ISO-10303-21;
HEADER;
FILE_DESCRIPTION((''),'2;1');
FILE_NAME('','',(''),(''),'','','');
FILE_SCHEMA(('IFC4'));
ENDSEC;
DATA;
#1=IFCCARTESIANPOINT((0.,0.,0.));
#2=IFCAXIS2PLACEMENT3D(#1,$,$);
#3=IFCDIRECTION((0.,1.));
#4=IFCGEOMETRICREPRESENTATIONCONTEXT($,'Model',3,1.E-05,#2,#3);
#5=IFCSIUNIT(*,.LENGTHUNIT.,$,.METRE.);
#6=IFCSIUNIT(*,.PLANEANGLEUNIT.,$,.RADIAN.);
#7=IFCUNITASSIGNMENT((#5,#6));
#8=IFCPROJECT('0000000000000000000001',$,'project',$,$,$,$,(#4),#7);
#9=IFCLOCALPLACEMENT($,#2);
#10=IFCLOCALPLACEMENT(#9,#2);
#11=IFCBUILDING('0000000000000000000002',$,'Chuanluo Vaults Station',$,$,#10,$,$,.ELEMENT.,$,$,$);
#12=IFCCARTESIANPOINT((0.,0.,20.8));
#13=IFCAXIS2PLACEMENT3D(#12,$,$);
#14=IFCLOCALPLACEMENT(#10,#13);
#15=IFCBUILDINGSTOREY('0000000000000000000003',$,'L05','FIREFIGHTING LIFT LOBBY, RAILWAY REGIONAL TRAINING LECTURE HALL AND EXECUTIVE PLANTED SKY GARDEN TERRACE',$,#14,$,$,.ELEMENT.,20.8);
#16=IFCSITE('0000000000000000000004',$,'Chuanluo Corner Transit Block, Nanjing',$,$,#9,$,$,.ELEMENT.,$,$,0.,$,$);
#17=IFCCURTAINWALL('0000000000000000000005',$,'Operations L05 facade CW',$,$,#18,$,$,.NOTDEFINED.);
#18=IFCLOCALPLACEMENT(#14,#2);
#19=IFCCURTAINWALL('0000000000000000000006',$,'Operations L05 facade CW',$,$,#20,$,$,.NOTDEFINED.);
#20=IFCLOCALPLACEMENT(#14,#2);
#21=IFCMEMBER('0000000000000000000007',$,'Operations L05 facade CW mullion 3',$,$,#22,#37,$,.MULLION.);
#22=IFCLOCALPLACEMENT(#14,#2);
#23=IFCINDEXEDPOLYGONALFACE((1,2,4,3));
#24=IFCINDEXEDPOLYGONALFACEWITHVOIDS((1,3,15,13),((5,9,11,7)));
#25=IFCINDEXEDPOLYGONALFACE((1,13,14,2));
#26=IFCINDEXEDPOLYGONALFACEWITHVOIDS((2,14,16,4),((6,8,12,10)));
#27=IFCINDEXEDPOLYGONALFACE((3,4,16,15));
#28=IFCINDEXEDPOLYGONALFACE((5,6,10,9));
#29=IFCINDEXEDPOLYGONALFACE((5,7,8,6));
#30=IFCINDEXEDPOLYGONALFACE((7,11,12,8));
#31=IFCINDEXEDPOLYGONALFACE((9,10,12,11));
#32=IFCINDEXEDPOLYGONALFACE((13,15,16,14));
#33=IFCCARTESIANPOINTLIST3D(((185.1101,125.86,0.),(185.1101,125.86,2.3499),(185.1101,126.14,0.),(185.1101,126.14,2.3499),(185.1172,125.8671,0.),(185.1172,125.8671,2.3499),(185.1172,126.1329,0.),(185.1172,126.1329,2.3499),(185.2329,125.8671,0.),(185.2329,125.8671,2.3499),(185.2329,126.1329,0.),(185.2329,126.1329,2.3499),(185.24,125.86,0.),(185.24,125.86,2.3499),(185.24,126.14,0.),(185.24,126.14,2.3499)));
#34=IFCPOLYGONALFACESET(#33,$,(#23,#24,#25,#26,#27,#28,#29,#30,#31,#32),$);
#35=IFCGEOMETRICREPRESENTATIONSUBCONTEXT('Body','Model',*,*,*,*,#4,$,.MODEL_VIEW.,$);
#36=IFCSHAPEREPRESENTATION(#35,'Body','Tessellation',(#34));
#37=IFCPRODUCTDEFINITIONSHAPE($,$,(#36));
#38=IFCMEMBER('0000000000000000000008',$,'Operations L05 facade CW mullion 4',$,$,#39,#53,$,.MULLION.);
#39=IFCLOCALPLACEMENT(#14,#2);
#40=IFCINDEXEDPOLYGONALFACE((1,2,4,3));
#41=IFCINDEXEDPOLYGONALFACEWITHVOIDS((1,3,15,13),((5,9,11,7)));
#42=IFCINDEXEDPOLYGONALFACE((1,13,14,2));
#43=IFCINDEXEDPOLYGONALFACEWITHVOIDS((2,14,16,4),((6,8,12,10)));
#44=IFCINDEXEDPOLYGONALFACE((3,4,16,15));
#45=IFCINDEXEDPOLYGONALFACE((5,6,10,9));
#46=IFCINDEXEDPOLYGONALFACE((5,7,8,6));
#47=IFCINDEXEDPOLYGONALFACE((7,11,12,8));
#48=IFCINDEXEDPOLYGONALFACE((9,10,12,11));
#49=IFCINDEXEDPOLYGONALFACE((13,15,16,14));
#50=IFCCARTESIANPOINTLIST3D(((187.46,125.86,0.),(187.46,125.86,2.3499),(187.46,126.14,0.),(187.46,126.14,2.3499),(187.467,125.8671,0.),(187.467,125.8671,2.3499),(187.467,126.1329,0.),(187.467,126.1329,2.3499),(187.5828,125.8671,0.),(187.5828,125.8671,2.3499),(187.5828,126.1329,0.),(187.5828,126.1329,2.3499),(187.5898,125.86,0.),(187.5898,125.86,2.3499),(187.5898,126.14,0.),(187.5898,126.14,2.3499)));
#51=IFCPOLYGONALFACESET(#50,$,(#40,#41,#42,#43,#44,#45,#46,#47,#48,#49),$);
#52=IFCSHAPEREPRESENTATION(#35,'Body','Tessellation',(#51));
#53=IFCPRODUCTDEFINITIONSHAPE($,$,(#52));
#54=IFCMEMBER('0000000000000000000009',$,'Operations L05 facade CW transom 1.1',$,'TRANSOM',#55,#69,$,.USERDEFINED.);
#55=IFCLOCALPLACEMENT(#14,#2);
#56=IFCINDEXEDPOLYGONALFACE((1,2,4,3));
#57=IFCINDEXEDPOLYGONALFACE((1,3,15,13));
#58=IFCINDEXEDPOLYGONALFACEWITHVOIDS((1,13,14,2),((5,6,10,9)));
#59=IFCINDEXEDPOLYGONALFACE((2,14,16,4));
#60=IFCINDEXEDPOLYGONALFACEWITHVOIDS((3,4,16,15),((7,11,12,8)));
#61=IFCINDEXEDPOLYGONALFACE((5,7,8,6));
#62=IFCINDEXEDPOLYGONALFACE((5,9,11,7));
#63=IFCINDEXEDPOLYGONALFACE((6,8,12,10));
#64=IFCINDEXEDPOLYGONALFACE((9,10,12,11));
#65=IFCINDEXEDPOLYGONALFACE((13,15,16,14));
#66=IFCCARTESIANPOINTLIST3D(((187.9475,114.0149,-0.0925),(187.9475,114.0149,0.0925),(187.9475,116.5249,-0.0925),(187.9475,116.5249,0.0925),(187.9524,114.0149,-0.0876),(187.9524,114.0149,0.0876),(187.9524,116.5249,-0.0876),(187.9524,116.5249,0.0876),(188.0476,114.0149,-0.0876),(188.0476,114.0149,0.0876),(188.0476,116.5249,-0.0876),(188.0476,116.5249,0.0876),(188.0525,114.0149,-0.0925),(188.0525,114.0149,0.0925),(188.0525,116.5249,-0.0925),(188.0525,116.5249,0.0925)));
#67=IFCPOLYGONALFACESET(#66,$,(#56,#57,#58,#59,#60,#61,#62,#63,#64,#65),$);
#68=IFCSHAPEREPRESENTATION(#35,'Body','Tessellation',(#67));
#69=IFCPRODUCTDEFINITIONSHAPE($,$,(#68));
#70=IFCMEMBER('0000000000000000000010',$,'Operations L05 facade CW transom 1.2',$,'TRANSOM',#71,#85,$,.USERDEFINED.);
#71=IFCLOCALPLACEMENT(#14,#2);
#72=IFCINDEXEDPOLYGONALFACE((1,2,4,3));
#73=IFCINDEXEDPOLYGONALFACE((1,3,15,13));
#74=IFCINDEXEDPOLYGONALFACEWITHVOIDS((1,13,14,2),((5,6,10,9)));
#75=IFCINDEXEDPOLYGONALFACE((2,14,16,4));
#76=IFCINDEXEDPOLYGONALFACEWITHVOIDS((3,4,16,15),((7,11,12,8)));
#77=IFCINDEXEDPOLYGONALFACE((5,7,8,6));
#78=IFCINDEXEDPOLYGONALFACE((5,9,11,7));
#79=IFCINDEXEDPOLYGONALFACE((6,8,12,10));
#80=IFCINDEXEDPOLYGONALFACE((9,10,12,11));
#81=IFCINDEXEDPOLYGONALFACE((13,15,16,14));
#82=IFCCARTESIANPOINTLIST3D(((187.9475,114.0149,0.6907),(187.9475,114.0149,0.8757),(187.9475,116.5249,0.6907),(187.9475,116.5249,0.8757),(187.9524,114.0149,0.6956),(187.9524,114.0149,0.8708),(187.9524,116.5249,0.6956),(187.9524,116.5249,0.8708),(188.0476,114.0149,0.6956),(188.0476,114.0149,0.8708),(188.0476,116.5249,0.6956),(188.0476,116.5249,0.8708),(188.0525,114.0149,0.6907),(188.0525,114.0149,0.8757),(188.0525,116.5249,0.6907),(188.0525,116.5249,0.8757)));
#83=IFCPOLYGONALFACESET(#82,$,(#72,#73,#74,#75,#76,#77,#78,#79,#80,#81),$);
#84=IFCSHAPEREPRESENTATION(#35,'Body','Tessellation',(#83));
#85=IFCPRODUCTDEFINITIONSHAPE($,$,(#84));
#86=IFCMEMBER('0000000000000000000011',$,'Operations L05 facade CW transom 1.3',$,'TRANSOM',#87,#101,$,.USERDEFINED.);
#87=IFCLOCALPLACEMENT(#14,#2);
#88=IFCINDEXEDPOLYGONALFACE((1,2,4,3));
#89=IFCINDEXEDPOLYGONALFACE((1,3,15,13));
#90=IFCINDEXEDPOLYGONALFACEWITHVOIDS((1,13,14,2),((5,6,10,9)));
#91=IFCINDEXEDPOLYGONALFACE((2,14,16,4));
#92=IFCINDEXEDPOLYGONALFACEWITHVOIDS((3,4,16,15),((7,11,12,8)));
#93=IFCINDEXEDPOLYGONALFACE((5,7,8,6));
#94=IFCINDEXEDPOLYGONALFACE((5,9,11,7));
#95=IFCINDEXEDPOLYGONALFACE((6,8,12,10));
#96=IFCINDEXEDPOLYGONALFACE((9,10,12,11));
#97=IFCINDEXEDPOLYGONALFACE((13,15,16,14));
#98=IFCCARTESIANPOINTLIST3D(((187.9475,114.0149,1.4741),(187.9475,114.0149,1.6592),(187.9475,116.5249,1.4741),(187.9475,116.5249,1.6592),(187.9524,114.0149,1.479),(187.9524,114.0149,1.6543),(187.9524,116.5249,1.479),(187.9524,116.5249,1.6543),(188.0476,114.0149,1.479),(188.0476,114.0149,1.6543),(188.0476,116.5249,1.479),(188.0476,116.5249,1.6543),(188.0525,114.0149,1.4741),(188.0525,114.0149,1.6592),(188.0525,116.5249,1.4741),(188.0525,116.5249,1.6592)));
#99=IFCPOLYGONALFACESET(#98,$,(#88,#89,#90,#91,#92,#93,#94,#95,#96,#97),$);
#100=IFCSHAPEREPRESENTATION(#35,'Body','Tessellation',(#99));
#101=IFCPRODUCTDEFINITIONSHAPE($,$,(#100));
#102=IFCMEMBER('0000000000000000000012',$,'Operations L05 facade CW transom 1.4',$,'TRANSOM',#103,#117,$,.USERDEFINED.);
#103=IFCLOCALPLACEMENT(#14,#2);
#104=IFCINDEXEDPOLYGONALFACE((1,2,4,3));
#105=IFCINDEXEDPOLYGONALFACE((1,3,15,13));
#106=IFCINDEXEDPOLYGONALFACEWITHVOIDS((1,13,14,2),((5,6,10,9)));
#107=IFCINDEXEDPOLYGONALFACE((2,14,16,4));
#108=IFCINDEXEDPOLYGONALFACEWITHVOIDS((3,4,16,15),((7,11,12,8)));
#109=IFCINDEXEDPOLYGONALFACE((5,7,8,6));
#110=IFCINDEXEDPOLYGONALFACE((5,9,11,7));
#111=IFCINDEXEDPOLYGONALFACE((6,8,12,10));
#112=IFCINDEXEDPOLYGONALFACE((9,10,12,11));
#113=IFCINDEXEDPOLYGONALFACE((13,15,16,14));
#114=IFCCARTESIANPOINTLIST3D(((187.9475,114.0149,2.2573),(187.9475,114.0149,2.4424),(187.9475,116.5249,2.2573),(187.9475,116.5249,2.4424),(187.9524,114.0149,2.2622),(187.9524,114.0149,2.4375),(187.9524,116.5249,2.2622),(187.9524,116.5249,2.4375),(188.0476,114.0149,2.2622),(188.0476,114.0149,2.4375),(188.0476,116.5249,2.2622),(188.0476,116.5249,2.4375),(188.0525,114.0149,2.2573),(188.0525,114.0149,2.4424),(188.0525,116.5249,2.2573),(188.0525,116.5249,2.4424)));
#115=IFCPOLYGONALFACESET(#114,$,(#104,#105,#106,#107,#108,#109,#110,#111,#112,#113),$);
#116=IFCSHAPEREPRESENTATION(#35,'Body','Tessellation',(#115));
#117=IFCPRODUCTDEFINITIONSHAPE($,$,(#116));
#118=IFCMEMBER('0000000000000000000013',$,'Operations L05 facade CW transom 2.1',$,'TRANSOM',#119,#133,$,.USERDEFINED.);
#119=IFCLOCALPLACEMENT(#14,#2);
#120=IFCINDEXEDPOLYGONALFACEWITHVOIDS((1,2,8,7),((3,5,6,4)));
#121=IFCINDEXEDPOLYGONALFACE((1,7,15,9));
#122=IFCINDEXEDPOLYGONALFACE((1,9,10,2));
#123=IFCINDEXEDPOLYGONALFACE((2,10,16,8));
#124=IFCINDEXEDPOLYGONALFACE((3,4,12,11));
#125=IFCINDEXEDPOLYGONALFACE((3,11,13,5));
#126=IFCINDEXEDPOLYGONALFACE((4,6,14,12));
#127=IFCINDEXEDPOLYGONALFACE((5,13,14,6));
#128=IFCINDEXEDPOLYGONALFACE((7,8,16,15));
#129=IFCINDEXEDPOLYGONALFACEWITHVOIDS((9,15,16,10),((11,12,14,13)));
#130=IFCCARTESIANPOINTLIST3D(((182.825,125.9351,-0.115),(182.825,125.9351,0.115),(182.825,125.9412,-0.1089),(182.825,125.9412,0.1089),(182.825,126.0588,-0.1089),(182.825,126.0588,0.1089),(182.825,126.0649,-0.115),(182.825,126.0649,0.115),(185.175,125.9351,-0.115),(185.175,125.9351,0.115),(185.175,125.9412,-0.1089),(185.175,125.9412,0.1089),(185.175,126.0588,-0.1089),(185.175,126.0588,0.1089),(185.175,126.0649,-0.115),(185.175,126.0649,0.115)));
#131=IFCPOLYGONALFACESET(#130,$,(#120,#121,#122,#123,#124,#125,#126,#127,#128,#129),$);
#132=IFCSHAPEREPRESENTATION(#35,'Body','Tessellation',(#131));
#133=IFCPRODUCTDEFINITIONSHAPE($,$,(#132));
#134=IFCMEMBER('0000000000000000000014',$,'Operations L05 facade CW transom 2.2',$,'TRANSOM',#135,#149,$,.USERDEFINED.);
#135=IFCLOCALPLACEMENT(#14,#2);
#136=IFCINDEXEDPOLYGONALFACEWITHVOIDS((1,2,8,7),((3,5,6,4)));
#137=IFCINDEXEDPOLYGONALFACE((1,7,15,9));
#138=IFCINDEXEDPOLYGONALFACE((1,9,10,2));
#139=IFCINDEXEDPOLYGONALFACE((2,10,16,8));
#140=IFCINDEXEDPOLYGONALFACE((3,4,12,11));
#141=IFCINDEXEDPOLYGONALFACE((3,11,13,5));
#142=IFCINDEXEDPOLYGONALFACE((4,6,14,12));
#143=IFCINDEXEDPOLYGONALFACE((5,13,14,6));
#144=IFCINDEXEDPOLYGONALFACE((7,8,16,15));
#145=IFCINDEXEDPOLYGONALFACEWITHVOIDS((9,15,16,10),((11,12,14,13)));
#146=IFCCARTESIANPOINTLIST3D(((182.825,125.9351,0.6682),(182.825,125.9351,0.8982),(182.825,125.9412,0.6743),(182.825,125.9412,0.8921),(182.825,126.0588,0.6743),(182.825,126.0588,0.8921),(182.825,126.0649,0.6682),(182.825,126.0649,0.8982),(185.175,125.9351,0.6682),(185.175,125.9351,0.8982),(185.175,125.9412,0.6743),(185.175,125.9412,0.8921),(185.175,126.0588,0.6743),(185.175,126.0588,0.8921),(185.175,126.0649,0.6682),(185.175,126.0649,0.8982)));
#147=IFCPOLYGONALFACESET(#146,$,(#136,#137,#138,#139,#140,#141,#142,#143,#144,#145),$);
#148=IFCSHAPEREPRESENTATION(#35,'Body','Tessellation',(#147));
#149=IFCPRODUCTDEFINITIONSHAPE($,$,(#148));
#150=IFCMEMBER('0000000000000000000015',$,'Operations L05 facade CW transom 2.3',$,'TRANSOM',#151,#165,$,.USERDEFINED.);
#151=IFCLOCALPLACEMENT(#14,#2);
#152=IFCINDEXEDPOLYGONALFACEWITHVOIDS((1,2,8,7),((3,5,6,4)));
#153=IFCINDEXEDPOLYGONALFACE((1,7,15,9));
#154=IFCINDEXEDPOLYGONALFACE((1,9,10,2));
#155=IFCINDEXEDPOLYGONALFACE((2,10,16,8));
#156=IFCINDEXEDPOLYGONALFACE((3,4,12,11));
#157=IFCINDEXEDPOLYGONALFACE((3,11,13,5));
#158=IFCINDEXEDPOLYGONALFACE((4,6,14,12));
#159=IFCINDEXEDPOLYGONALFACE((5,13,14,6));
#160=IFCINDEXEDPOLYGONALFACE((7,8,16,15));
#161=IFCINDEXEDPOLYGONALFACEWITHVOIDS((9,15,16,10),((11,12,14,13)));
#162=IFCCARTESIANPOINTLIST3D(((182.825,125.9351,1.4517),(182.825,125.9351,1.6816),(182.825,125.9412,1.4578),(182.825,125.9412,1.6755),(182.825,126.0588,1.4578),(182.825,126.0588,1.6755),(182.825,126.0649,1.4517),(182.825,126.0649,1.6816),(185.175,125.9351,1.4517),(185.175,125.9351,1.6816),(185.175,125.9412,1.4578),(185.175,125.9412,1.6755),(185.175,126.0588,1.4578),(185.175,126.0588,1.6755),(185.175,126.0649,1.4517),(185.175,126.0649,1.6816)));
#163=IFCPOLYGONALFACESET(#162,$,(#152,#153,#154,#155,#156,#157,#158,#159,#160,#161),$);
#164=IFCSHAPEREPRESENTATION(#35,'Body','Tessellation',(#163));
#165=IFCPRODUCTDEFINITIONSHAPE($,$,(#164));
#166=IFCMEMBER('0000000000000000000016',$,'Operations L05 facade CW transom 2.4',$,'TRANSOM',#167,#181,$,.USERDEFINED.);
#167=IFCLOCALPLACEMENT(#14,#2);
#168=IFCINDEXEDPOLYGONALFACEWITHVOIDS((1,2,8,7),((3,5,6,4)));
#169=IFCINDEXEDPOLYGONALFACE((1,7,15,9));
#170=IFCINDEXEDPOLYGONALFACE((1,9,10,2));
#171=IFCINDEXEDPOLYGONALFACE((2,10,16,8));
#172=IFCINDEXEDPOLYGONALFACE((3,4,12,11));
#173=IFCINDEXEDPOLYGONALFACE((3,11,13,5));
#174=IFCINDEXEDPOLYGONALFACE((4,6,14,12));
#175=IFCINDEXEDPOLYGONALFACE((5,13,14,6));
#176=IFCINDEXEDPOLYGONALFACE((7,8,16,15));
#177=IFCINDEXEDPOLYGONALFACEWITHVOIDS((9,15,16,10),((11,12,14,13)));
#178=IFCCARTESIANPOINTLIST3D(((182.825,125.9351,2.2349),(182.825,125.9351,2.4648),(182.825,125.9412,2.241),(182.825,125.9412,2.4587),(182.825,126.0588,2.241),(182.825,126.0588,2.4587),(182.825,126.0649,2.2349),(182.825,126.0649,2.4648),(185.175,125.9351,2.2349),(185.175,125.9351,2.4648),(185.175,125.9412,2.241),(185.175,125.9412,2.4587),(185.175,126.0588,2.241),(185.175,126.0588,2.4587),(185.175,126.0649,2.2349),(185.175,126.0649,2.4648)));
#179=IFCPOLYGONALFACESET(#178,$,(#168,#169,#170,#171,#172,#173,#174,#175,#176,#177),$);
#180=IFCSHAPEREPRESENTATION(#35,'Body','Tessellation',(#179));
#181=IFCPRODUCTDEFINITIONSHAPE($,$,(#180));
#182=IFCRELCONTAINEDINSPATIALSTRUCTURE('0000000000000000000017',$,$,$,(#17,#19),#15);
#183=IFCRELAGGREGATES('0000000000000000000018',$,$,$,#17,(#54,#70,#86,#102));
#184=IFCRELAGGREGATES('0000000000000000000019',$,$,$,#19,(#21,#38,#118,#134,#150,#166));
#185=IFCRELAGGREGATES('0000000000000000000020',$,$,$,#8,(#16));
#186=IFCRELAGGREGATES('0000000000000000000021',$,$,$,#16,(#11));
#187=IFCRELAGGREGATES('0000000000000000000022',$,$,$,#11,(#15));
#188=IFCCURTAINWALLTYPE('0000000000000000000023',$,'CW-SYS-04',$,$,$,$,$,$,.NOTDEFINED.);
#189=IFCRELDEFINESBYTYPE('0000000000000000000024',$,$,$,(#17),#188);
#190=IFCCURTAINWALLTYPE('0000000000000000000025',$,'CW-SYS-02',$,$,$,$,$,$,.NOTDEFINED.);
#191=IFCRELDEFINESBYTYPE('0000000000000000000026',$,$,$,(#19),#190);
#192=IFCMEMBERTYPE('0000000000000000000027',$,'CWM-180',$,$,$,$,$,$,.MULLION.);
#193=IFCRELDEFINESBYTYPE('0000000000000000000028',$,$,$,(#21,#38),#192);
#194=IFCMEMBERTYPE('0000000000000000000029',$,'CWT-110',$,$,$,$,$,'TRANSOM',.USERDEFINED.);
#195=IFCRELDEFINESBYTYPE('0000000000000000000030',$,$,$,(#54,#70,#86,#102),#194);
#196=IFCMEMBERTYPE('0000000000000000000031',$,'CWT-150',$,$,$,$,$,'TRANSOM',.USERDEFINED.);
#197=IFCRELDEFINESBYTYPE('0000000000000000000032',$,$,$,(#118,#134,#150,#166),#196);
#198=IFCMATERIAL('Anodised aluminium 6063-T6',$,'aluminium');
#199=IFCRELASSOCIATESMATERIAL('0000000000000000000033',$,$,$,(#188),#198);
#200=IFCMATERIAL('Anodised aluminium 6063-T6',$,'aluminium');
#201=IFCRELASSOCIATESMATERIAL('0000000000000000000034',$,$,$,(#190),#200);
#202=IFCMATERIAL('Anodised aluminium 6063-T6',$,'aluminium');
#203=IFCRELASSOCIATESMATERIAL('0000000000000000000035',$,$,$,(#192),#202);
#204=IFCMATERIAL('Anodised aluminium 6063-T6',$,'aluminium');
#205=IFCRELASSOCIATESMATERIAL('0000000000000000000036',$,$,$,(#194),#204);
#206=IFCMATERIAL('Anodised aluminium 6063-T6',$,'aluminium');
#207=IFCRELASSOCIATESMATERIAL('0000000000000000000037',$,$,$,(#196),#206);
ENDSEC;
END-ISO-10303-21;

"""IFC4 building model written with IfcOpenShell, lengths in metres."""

from ifc_helpers import new_model, si_unit, direction, frame, origin, origin_2d, place, context, subcontext, project, spatial, hollow_rectangle, extrude, material, material_profile, profile_set, type_object, element, aggregate, save


model = new_model("IFC4")

# Units and contexts
model_context = context("Model", 3, precision=1e-05, world=origin(), true_north=direction((0.0, 1.0)))
body_context = subcontext(model_context, "Body", "Model", "MODEL_VIEW")
ifc_project = project(units=[si_unit("LENGTHUNIT", "METRE"), si_unit("PLANEANGLEUNIT", "RADIAN")], contexts=[model_context])

# Site, building, storey
site_placement = place(None, origin())
site = spatial("IfcSite", under=ifc_project, at=site_placement, Name="Chuanluo Corner Transit Block, Nanjing", CompositionType="ELEMENT", RefElevation=0.0)
building_placement = place(site_placement, origin())
building = spatial("IfcBuilding", under=site, at=building_placement, Name="Chuanluo Vaults Station", CompositionType="ELEMENT")
storey_placement = place(building_placement, frame((0.0, 0.0, 20.8)))
storey = spatial("IfcBuildingStorey", under=building, at=storey_placement, Name="L05", Description="FIREFIGHTING LIFT LOBBY, RAILWAY REGIONAL TRAINING LECTURE HALL AND EXECUTIVE PLANTED SKY GARDEN TERRACE", CompositionType="ELEMENT", Elevation=20.8)

# Curtain wall
ifc_material_1 = material(Name="Anodised aluminium 6063-T6", Category="aluminium")
curtain_wall_type_1 = type_object("IfcCurtainWallType", Name="CW-SYS-04", PredefinedType="NOTDEFINED", material=ifc_material_1)
curtain_wall_1_placement = place(storey_placement, origin())
curtain_wall_1 = element("IfcCurtainWall", 1, at=curtain_wall_1_placement, inside=storey, type_object=curtain_wall_type_1, Name="Operations L05 facade CW", PredefinedType="NOTDEFINED")

# Curtain wall, members
ifc_material_2 = material(Name="Anodised aluminium 6063-T6", Category="aluminium")
curtain_wall_type_2 = type_object("IfcCurtainWallType", Name="CW-SYS-02", PredefinedType="NOTDEFINED", material=ifc_material_2)
curtain_wall_2_placement = place(storey_placement, origin())
curtain_wall_2 = element("IfcCurtainWall", 2, at=curtain_wall_2_placement, inside=storey, type_object=curtain_wall_type_2, Name="Operations L05 facade CW", PredefinedType="NOTDEFINED")
ifc_material_3 = material(Name="Anodised aluminium 6063-T6", Category="aluminium")
ifc_material_profile_1 = material_profile(ifc_material_3, hollow_rectangle(XDim=0.1299, YDim=0.28, WallThickness=0.0071, at=origin_2d()))
ifc_profile_set_1 = profile_set([ifc_material_profile_1], Name="Anodised aluminium 6063-T6")
member_type_1 = type_object("IfcMemberType", Name="CWM-180", PredefinedType="MULLION", material=ifc_profile_set_1)
member_1_placement = place(storey_placement, frame((185.175, 126.0, 0.0), z_axis=(0.0, 0.0, 1.0), x_axis=(1.0, 0.0, 0.0)))
member_1 = element("IfcMember", 3, at=member_1_placement, type_object=member_type_1, Name="Operations L05 facade CW mullion 3", PredefinedType="MULLION", context=body_context, shape_type="SweptSolid", body=[
    extrude(hollow_rectangle(XDim=0.1299, YDim=0.28, WallThickness=0.0071, at=origin_2d()), origin(), (0.0, 0.0, 1.0), 2.3499),
])
member_2_placement = place(storey_placement, frame((187.5249, 126.0, 0.0), z_axis=(0.0, 0.0, 1.0), x_axis=(1.0, 0.0, 0.0)))
member_2 = element("IfcMember", 4, at=member_2_placement, type_object=member_type_1, Name="Operations L05 facade CW mullion 4", PredefinedType="MULLION", context=body_context, shape_type="SweptSolid", body=[
    extrude(hollow_rectangle(XDim=0.1299, YDim=0.28, WallThickness=0.0071, at=origin_2d()), origin(), (0.0, 0.0, 1.0), 2.3499),
])

# Members
ifc_material_4 = material(Name="Anodised aluminium 6063-T6", Category="aluminium")
ifc_material_profile_2 = material_profile(ifc_material_4, hollow_rectangle(XDim=0.105, YDim=0.1851, WallThickness=0.0049, at=origin_2d()))
ifc_profile_set_2 = profile_set([ifc_material_profile_2], Name="Anodised aluminium 6063-T6")
member_type_2 = type_object("IfcMemberType", Name="CWT-110", ElementType="TRANSOM", PredefinedType="USERDEFINED", material=ifc_profile_set_2)
member_3_placement = place(storey_placement, frame((188.0, 116.5249, 0.0), z_axis=(0.0, -1.0, 0.0), x_axis=(1.0, 0.0, 0.0)))
member_3 = element("IfcMember", 5, at=member_3_placement, type_object=member_type_2, Name="Operations L05 facade CW transom 1.1", ObjectType="TRANSOM", PredefinedType="USERDEFINED", context=body_context, shape_type="SweptSolid", body=[
    extrude(hollow_rectangle(XDim=0.105, YDim=0.1851, WallThickness=0.0049, at=origin_2d()), origin(), (0.0, 0.0, 1.0), 2.51),
])
member_4_placement = place(storey_placement, frame((188.0, 116.5249, 0.7832), z_axis=(0.0, -1.0, 0.0), x_axis=(1.0, 0.0, 0.0)))
member_4 = element("IfcMember", 6, at=member_4_placement, type_object=member_type_2, Name="Operations L05 facade CW transom 1.2", ObjectType="TRANSOM", PredefinedType="USERDEFINED", context=body_context, shape_type="SweptSolid", body=[
    extrude(hollow_rectangle(XDim=0.105, YDim=0.1851, WallThickness=0.0049, at=origin_2d()), origin(), (0.0, 0.0, 1.0), 2.51),
])
member_5_placement = place(storey_placement, frame((188.0, 116.5249, 1.5667), z_axis=(0.0, -1.0, 0.0), x_axis=(1.0, 0.0, 0.0)))
member_5 = element("IfcMember", 7, at=member_5_placement, type_object=member_type_2, Name="Operations L05 facade CW transom 1.3", ObjectType="TRANSOM", PredefinedType="USERDEFINED", context=body_context, shape_type="SweptSolid", body=[
    extrude(hollow_rectangle(XDim=0.105, YDim=0.1851, WallThickness=0.0049, at=origin_2d()), origin(), (0.0, 0.0, 1.0), 2.51),
])
member_6_placement = place(storey_placement, frame((188.0, 116.5249, 2.3499), z_axis=(0.0, -1.0, 0.0), x_axis=(1.0, 0.0, 0.0)))
member_6 = element("IfcMember", 8, at=member_6_placement, type_object=member_type_2, Name="Operations L05 facade CW transom 1.4", ObjectType="TRANSOM", PredefinedType="USERDEFINED", context=body_context, shape_type="SweptSolid", body=[
    extrude(hollow_rectangle(XDim=0.105, YDim=0.1851, WallThickness=0.0049, at=origin_2d()), origin(), (0.0, 0.0, 1.0), 2.51),
])
ifc_material_5 = material(Name="Anodised aluminium 6063-T6", Category="aluminium")
ifc_material_profile_3 = material_profile(ifc_material_5, hollow_rectangle(XDim=0.1299, YDim=0.23, WallThickness=0.0061, at=origin_2d()))
ifc_profile_set_3 = profile_set([ifc_material_profile_3], Name="Anodised aluminium 6063-T6")
member_type_3 = type_object("IfcMemberType", Name="CWT-150", ElementType="TRANSOM", PredefinedType="USERDEFINED", material=ifc_profile_set_3)
member_7_placement = place(storey_placement, frame((182.825, 126.0, 0.0), z_axis=(1.0, 0.0, 0.0), x_axis=(0.0, 1.0, 0.0)))
member_7 = element("IfcMember", 9, at=member_7_placement, type_object=member_type_3, Name="Operations L05 facade CW transom 2.1", ObjectType="TRANSOM", PredefinedType="USERDEFINED", context=body_context, shape_type="SweptSolid", body=[
    extrude(hollow_rectangle(XDim=0.1299, YDim=0.23, WallThickness=0.0061, at=origin_2d()), origin(), (0.0, 0.0, 1.0), 2.3501),
])
member_8_placement = place(storey_placement, frame((182.825, 126.0, 0.7832), z_axis=(1.0, 0.0, 0.0), x_axis=(0.0, 1.0, 0.0)))
member_8 = element("IfcMember", 10, at=member_8_placement, type_object=member_type_3, Name="Operations L05 facade CW transom 2.2", ObjectType="TRANSOM", PredefinedType="USERDEFINED", context=body_context, shape_type="SweptSolid", body=[
    extrude(hollow_rectangle(XDim=0.1299, YDim=0.23, WallThickness=0.0061, at=origin_2d()), origin(), (0.0, 0.0, 1.0), 2.3501),
])
member_9_placement = place(storey_placement, frame((182.825, 126.0, 1.5667), z_axis=(1.0, 0.0, 0.0), x_axis=(0.0, 1.0, 0.0)))
member_9 = element("IfcMember", 11, at=member_9_placement, type_object=member_type_3, Name="Operations L05 facade CW transom 2.3", ObjectType="TRANSOM", PredefinedType="USERDEFINED", context=body_context, shape_type="SweptSolid", body=[
    extrude(hollow_rectangle(XDim=0.1299, YDim=0.23, WallThickness=0.0061, at=origin_2d()), origin(), (0.0, 0.0, 1.0), 2.3501),
])
member_10_placement = place(storey_placement, frame((182.825, 126.0, 2.3499), z_axis=(1.0, 0.0, 0.0), x_axis=(0.0, 1.0, 0.0)))
member_10 = element("IfcMember", 12, at=member_10_placement, type_object=member_type_3, Name="Operations L05 facade CW transom 2.4", ObjectType="TRANSOM", PredefinedType="USERDEFINED", context=body_context, shape_type="SweptSolid", body=[
    extrude(hollow_rectangle(XDim=0.1299, YDim=0.23, WallThickness=0.0061, at=origin_2d()), origin(), (0.0, 0.0, 1.0), 2.3501),
])

aggregate(curtain_wall_1, [member_3, member_4, member_5, member_6])
aggregate(curtain_wall_2, [member_1, member_2, member_7, member_8, member_9, member_10])

save(model, "model.ifc")
